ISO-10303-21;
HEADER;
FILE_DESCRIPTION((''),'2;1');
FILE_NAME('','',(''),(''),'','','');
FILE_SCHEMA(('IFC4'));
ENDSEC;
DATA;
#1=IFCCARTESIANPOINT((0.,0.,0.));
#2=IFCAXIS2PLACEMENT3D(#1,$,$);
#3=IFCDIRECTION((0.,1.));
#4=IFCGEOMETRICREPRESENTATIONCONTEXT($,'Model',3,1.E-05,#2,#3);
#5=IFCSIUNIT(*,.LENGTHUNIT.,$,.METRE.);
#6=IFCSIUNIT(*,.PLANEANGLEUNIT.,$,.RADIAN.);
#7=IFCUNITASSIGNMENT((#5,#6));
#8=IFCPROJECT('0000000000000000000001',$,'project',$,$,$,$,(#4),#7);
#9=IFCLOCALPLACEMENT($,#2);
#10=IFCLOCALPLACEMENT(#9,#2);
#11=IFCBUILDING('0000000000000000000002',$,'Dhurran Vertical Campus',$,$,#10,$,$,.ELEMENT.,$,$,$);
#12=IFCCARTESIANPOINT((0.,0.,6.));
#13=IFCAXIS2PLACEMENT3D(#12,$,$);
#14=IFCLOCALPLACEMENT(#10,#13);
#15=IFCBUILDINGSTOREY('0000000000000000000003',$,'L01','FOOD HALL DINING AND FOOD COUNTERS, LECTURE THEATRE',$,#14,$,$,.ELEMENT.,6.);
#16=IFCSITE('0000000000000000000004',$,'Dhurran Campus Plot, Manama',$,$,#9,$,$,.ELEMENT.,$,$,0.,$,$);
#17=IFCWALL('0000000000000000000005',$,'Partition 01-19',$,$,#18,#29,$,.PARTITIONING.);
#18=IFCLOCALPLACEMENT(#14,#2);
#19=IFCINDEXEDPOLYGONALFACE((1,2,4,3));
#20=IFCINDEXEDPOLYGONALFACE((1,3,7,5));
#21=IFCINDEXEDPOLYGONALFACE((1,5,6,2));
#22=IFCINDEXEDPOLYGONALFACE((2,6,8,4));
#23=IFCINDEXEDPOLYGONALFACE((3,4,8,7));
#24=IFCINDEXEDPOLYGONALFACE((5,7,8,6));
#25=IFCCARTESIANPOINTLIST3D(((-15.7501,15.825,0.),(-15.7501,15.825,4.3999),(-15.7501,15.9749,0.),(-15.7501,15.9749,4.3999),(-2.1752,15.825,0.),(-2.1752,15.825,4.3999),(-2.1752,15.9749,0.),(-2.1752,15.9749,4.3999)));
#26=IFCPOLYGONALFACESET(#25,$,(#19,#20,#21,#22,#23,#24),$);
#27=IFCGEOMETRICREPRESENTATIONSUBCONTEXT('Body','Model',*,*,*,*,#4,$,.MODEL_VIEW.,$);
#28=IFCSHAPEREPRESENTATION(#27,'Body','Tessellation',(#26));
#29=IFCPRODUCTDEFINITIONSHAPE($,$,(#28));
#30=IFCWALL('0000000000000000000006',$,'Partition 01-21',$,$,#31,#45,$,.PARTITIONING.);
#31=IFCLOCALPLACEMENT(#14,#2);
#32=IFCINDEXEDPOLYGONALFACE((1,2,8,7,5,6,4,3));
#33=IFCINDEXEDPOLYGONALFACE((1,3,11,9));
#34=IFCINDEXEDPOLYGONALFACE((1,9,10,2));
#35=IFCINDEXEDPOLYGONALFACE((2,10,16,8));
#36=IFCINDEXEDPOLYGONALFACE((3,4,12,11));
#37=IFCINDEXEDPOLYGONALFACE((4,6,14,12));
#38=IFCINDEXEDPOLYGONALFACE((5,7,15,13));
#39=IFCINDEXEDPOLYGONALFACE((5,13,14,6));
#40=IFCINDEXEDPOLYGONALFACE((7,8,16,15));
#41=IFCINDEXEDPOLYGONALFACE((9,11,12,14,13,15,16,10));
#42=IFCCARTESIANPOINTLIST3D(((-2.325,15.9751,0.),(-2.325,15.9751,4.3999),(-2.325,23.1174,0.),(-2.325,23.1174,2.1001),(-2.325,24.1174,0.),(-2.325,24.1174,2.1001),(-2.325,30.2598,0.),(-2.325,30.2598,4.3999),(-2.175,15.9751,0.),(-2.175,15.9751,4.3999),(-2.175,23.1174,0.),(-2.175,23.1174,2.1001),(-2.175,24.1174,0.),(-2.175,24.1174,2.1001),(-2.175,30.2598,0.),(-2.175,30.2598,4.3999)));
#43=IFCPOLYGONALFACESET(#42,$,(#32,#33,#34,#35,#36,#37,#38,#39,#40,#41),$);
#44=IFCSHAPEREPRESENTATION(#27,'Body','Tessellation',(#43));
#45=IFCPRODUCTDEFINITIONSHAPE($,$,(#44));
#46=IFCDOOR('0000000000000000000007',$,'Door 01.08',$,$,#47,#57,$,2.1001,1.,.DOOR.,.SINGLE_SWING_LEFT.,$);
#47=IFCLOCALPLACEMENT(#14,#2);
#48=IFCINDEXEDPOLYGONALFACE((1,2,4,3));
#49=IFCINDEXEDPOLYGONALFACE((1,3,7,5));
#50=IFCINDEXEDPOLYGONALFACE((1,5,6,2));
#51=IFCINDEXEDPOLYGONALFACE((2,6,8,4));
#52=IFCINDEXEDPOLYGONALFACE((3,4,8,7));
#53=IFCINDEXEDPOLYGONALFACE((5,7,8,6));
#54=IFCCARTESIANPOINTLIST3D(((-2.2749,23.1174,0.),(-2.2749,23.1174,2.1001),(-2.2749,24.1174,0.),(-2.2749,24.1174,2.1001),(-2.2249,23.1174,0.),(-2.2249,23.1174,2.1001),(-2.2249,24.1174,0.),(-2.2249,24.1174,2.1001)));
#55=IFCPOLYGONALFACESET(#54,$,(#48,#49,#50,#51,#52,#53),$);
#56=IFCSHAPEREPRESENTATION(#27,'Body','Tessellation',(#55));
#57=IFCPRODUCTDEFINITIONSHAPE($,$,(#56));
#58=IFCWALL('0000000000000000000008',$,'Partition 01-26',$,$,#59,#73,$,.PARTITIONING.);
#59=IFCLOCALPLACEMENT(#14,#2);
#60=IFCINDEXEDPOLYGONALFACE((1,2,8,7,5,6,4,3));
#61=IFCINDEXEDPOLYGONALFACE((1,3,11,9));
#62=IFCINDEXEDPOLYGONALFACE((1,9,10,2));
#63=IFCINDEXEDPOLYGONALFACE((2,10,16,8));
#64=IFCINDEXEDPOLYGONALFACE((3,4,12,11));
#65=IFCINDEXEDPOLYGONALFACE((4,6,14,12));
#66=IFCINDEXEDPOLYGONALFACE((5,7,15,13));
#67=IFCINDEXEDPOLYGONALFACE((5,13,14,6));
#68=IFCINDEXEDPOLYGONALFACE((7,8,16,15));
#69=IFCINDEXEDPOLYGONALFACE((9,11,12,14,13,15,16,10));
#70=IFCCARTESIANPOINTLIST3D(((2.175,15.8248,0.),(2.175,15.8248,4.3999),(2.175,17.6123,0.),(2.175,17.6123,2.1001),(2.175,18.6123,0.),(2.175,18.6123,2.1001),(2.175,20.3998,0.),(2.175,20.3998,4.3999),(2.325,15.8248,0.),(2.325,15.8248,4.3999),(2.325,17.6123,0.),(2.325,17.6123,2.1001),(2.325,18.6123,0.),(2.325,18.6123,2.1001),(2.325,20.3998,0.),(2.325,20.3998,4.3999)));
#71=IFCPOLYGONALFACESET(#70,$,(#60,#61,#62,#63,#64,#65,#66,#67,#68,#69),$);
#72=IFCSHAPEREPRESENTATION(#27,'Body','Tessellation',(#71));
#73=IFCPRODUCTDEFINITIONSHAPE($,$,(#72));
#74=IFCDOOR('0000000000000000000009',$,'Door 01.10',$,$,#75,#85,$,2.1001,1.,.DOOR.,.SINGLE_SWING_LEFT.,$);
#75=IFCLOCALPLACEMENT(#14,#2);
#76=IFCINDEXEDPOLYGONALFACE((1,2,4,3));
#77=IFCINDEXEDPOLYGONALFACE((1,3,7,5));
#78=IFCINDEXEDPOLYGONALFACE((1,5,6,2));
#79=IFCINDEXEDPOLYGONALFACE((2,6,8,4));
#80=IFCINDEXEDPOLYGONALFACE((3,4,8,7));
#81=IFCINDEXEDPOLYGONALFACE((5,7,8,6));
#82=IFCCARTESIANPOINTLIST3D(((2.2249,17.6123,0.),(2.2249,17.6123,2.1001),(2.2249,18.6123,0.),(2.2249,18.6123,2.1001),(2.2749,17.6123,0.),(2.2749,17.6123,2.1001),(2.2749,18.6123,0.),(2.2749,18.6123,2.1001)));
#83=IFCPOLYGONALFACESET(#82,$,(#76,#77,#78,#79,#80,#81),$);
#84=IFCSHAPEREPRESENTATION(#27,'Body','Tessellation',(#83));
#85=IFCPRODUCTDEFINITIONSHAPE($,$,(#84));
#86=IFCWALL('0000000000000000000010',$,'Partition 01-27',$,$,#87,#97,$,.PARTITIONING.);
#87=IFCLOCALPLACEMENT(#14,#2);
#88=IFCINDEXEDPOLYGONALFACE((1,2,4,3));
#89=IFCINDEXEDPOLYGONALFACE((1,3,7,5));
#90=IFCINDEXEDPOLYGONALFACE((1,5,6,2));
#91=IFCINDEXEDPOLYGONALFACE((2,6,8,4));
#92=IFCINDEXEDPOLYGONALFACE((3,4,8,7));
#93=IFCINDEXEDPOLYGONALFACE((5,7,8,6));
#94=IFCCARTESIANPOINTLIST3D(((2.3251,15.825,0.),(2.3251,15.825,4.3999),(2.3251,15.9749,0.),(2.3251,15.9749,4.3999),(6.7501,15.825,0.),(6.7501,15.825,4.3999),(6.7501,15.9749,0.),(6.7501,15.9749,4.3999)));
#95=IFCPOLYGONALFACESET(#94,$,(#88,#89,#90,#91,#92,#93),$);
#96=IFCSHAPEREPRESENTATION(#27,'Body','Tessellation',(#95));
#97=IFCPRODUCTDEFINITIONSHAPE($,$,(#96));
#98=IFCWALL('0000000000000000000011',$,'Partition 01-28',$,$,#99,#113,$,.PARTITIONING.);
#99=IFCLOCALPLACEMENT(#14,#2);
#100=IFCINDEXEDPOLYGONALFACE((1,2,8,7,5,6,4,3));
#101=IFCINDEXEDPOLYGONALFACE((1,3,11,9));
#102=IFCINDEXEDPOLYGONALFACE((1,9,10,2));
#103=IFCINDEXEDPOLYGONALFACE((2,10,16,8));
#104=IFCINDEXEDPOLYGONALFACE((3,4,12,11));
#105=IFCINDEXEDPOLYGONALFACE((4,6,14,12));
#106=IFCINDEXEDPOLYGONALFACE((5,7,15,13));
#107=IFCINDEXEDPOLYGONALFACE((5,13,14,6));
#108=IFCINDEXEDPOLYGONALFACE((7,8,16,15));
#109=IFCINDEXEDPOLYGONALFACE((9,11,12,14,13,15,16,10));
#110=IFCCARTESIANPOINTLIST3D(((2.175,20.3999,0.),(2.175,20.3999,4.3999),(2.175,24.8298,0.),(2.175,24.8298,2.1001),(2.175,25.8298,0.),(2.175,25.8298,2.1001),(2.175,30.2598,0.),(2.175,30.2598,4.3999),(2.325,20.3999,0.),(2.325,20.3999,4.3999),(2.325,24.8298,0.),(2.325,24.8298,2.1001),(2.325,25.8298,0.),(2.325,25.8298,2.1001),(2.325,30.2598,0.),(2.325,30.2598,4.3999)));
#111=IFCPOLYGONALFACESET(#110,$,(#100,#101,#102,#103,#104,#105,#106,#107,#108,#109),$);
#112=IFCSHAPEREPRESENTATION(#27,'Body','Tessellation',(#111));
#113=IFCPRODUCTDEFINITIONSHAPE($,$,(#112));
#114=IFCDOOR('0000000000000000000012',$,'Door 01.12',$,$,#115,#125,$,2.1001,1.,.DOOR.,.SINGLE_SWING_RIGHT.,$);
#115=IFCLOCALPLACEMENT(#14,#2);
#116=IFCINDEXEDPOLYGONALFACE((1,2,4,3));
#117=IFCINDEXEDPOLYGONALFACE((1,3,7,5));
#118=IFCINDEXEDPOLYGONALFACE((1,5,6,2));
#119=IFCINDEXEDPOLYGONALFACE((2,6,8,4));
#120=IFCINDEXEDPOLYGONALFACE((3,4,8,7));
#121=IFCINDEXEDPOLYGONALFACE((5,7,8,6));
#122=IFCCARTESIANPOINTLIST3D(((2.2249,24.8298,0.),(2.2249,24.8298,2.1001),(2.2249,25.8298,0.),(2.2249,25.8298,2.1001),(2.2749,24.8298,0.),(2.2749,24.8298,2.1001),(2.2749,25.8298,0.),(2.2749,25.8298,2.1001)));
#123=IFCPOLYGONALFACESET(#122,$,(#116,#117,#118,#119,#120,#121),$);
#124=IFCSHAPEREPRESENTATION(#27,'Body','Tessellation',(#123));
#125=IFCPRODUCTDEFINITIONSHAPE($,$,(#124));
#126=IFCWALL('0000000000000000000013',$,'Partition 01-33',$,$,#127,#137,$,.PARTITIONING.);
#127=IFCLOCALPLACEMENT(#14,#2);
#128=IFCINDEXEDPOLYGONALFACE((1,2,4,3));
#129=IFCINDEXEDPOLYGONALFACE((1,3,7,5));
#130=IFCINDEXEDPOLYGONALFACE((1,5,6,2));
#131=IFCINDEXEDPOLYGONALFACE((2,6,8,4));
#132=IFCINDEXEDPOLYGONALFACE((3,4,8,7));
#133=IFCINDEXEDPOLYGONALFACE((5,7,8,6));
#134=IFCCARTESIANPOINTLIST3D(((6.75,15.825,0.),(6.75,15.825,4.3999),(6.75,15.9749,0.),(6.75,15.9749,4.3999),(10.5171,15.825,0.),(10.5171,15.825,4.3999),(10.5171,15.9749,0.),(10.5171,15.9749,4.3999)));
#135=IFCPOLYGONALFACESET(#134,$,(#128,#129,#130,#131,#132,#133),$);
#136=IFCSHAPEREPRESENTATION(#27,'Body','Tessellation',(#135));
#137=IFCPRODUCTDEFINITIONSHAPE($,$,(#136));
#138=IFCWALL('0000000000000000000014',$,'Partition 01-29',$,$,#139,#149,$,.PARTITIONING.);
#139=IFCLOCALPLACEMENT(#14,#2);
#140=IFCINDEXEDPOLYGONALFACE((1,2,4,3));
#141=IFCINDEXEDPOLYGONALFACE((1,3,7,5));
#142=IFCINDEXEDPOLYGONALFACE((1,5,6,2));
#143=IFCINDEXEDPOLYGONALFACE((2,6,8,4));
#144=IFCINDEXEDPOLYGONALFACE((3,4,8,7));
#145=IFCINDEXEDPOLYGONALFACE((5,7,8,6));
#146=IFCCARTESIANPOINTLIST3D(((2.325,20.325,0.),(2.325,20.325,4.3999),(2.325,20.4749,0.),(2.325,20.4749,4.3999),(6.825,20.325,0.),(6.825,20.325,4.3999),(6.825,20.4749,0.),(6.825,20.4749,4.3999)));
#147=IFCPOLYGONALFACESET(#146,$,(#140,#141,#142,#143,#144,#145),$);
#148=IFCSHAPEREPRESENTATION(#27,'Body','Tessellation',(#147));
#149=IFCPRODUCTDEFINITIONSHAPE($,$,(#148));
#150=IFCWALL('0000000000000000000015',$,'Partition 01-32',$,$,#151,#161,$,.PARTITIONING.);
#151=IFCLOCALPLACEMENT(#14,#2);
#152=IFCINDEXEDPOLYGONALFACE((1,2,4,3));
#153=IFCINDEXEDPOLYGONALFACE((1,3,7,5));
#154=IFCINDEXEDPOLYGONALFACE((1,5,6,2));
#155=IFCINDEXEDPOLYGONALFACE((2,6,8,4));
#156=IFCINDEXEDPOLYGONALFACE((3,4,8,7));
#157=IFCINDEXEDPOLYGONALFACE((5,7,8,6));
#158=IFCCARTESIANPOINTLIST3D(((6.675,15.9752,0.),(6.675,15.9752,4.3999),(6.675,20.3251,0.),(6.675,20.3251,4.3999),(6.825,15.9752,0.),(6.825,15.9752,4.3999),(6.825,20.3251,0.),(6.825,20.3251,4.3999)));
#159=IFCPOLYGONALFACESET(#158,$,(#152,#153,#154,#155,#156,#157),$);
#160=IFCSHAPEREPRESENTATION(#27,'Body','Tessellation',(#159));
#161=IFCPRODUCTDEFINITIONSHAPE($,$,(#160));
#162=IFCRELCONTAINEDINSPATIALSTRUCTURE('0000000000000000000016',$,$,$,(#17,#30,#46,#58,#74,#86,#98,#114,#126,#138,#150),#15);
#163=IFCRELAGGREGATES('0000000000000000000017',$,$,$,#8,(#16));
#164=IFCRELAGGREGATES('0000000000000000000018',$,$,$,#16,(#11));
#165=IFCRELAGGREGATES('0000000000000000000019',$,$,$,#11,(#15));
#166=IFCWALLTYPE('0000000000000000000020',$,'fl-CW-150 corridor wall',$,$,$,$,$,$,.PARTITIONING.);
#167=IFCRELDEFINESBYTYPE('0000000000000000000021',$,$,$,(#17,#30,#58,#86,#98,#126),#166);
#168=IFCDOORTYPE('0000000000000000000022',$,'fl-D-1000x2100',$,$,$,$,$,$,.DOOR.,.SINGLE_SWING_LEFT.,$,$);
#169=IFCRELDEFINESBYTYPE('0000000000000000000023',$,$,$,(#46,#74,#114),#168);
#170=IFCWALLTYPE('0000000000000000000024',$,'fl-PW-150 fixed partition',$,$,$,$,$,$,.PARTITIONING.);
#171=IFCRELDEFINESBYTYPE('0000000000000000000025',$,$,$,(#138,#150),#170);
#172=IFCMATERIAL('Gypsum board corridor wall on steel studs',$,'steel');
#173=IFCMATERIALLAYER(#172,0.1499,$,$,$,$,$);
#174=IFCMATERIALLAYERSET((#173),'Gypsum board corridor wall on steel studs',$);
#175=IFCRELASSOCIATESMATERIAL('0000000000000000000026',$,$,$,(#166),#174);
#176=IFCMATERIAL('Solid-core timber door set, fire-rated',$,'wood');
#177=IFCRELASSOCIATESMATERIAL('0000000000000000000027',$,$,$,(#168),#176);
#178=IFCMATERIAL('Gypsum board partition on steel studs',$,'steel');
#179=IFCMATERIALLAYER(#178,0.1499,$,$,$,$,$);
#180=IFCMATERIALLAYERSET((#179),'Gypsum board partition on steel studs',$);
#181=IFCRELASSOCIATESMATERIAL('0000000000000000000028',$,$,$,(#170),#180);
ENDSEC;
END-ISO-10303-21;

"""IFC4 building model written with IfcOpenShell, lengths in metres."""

from ifc_helpers import new_model, si_unit, direction, frame, frame_2d, origin, place, context, subcontext, project, spatial, rectangle, extrude, material, layer, layer_set, type_object, element, fill, save


model = new_model("IFC4")

# Units and contexts
model_context = context("Model", 3, precision=1e-05, world=origin(), true_north=direction((0.0, 1.0)))
body_context = subcontext(model_context, "Body", "Model", "MODEL_VIEW")
ifc_project = project(units=[si_unit("LENGTHUNIT", "METRE"), si_unit("PLANEANGLEUNIT", "RADIAN")], contexts=[model_context])

# Site, building, storey
site_placement = place(None, origin())
site = spatial("IfcSite", under=ifc_project, at=site_placement, Name="Dhurran Campus Plot, Manama", CompositionType="ELEMENT", RefElevation=0.0)
building_placement = place(site_placement, origin())
building = spatial("IfcBuilding", under=site, at=building_placement, Name="Dhurran Vertical Campus", CompositionType="ELEMENT")
storey_placement = place(building_placement, frame((0.0, 0.0, 6.0)))
storey = spatial("IfcBuildingStorey", under=building, at=storey_placement, Name="L01", Description="FOOD HALL DINING AND FOOD COUNTERS, LECTURE THEATRE", CompositionType="ELEMENT", Elevation=6.0)

# Wall
ifc_material_1 = material(Name="Gypsum board corridor wall on steel studs", Category="steel")
ifc_layer_1 = layer(ifc_material_1, 0.1499)
ifc_layer_set_1 = layer_set([ifc_layer_1], Name="Gypsum board corridor wall on steel studs")
wall_type_1 = type_object("IfcWallType", Name="fl-CW-150 corridor wall", PredefinedType="PARTITIONING", material=ifc_layer_set_1)
wall_1_placement = place(storey_placement, frame((-2.175, 15.8999, 0.0), z_axis=(0.0, 0.0, 1.0), x_axis=(-1.0, 0.0, 0.0)))
element("IfcWall", 1, at=wall_1_placement, inside=storey, type_object=wall_type_1, Name="Partition 01-19", PredefinedType="PARTITIONING", context=body_context, shape_type="SweptSolid", body=[
    extrude(rectangle(XDim=13.575, YDim=0.1499, at=frame_2d((6.7876, 0.0))), origin(), (0.0, 0.0, 1.0), 4.3999),
])

# Walls, openings, doors
wall_2_placement = place(storey_placement, frame((-2.25, 15.9751, 0.0), z_axis=(0.0, 0.0, 1.0), x_axis=(0.0, 1.0, 0.0)))
wall_2 = element("IfcWall", 2, at=wall_2_placement, inside=storey, type_object=wall_type_1, Name="Partition 01-21", PredefinedType="PARTITIONING", context=body_context, shape_type="SweptSolid", body=[
    extrude(rectangle(XDim=14.2847, YDim=0.1499, at=frame_2d((7.1423, 0.0))), origin(), (0.0, 0.0, 1.0), 4.3999),
])
opening_1_placement = place(wall_2_placement, frame((7.1423, 0.0, 0.0)))
opening_1 = element("IfcOpeningElement", 3, at=opening_1_placement, cuts=wall_2, PredefinedType="OPENING", context=body_context, shape_type="SweptSolid", body=[
    extrude(rectangle(XDim=1.0, YDim=2.1001, at=frame_2d((0.5, 1.05))), frame((0.0, 0.085, 0.0), z_axis=(0.0, -1.0, 0.0), x_axis=(1.0, 0.0, 0.0)), (0.0, 0.0, 1.0), 0.1699),
])
ifc_material_2 = material(Name="Solid-core timber door set, fire-rated", Category="wood")
door_type = type_object("IfcDoorType", Name="fl-D-1000x2100", OperationType="SINGLE_SWING_LEFT", PredefinedType="DOOR", material=ifc_material_2)
door_1_placement = place(opening_1_placement, origin())
door_1 = element("IfcDoor", 4, at=door_1_placement, inside=storey, type_object=door_type, Name="Door 01.08", OperationType="SINGLE_SWING_LEFT", OverallHeight=2.1001, OverallWidth=1.0, PredefinedType="DOOR", context=body_context, shape_type="SweptSolid", body=[
    extrude(rectangle(XDim=1.0, YDim=2.1001, at=frame_2d((0.5, 1.05))), frame((0.0, 0.0249, 0.0), z_axis=(0.0, -1.0, 0.0), x_axis=(1.0, 0.0, 0.0)), (0.0, 0.0, 1.0), 0.05),
])
fill(opening_1, door_1)
wall_3_placement = place(storey_placement, frame((2.25, 20.3999, 0.0), z_axis=(0.0, 0.0, 1.0), x_axis=(0.0, -1.0, 0.0)))
wall_3 = element("IfcWall", 5, at=wall_3_placement, inside=storey, type_object=wall_type_1, Name="Partition 01-26", PredefinedType="PARTITIONING", context=body_context, shape_type="SweptSolid", body=[
    extrude(rectangle(XDim=4.575, YDim=0.1499, at=frame_2d((2.2876, 0.0))), origin(), (0.0, 0.0, 1.0), 4.3999),
])
opening_2_placement = place(wall_3_placement, frame((1.7876, 0.0, 0.0)))
opening_2 = element("IfcOpeningElement", 6, at=opening_2_placement, cuts=wall_3, PredefinedType="OPENING", context=body_context, shape_type="SweptSolid", body=[
    extrude(rectangle(XDim=1.0, YDim=2.1001, at=frame_2d((0.5, 1.05))), frame((0.0, 0.085, 0.0), z_axis=(0.0, -1.0, 0.0), x_axis=(1.0, 0.0, 0.0)), (0.0, 0.0, 1.0), 0.1699),
])
door_2_placement = place(opening_2_placement, origin())
door_2 = element("IfcDoor", 7, at=door_2_placement, inside=storey, type_object=door_type, Name="Door 01.10", OperationType="SINGLE_SWING_LEFT", OverallHeight=2.1001, OverallWidth=1.0, PredefinedType="DOOR", context=body_context, shape_type="SweptSolid", body=[
    extrude(rectangle(XDim=1.0, YDim=2.1001, at=frame_2d((0.5, 1.05))), frame((0.0, 0.0249, 0.0), z_axis=(0.0, -1.0, 0.0), x_axis=(1.0, 0.0, 0.0)), (0.0, 0.0, 1.0), 0.05),
])
fill(opening_2, door_2)

# Wall
wall_4_placement = place(storey_placement, frame((6.75, 15.8999, 0.0), z_axis=(0.0, 0.0, 1.0), x_axis=(-1.0, 0.0, 0.0)))
element("IfcWall", 8, at=wall_4_placement, inside=storey, type_object=wall_type_1, Name="Partition 01-27", PredefinedType="PARTITIONING", context=body_context, shape_type="SweptSolid", body=[
    extrude(rectangle(XDim=4.425, YDim=0.1499, at=frame_2d((2.2124, 0.0))), origin(), (0.0, 0.0, 1.0), 4.3999),
])

# Wall, opening, door
wall_5_placement = place(storey_placement, frame((2.25, 30.2598, 0.0), z_axis=(0.0, 0.0, 1.0), x_axis=(0.0, -1.0, 0.0)))
wall_5 = element("IfcWall", 9, at=wall_5_placement, inside=storey, type_object=wall_type_1, Name="Partition 01-28", PredefinedType="PARTITIONING", context=body_context, shape_type="SweptSolid", body=[
    extrude(rectangle(XDim=9.8599, YDim=0.1499, at=frame_2d((4.9299, 0.0))), origin(), (0.0, 0.0, 1.0), 4.3999),
])
opening_3_placement = place(wall_5_placement, frame((4.4299, 0.0, 0.0)))
opening_3 = element("IfcOpeningElement", 10, at=opening_3_placement, cuts=wall_5, PredefinedType="OPENING", context=body_context, shape_type="SweptSolid", body=[
    extrude(rectangle(XDim=1.0, YDim=2.1001, at=frame_2d((0.5, 1.05))), frame((0.0, 0.085, 0.0), z_axis=(0.0, -1.0, 0.0), x_axis=(1.0, 0.0, 0.0)), (0.0, 0.0, 1.0), 0.1699),
])
door_3_placement = place(opening_3_placement, origin())
door_3 = element("IfcDoor", 11, at=door_3_placement, inside=storey, type_object=door_type, Name="Door 01.12", OperationType="SINGLE_SWING_RIGHT", OverallHeight=2.1001, OverallWidth=1.0, PredefinedType="DOOR", context=body_context, shape_type="SweptSolid", body=[
    extrude(rectangle(XDim=1.0, YDim=2.1001, at=frame_2d((0.5, 1.05))), frame((0.0, 0.0249, 0.0), z_axis=(0.0, -1.0, 0.0), x_axis=(1.0, 0.0, 0.0)), (0.0, 0.0, 1.0), 0.05),
])
fill(opening_3, door_3)

# Walls
wall_6_placement = place(storey_placement, frame((10.5171, 15.8999, 0.0), z_axis=(0.0, 0.0, 1.0), x_axis=(-1.0, 0.0, 0.0)))
element("IfcWall", 12, at=wall_6_placement, inside=storey, type_object=wall_type_1, Name="Partition 01-33", PredefinedType="PARTITIONING", context=body_context, shape_type="SweptSolid", body=[
    extrude(rectangle(XDim=3.7671, YDim=0.1499, at=frame_2d((1.8835, 0.0))), origin(), (0.0, 0.0, 1.0), 4.3999),
])
ifc_material_3 = material(Name="Gypsum board partition on steel studs", Category="steel")
ifc_layer_2 = layer(ifc_material_3, 0.1499)
ifc_layer_set_2 = layer_set([ifc_layer_2], Name="Gypsum board partition on steel studs")
wall_type_2 = type_object("IfcWallType", Name="fl-PW-150 fixed partition", PredefinedType="PARTITIONING", material=ifc_layer_set_2)
wall_7_placement = place(storey_placement, frame((2.325, 20.3999, 0.0), z_axis=(0.0, 0.0, 1.0), x_axis=(1.0, 0.0, 0.0)))
element("IfcWall", 13, at=wall_7_placement, inside=storey, type_object=wall_type_2, Name="Partition 01-29", PredefinedType="PARTITIONING", context=body_context, shape_type="SweptSolid", body=[
    extrude(rectangle(XDim=4.5, YDim=0.1499, at=frame_2d((2.25, 0.0))), origin(), (0.0, 0.0, 1.0), 4.3999),
])
wall_8_placement = place(storey_placement, frame((6.75, 20.325, 0.0), z_axis=(0.0, 0.0, 1.0), x_axis=(0.0, -1.0, 0.0)))
element("IfcWall", 14, at=wall_8_placement, inside=storey, type_object=wall_type_2, Name="Partition 01-32", PredefinedType="PARTITIONING", context=body_context, shape_type="SweptSolid", body=[
    extrude(rectangle(XDim=4.3499, YDim=0.1499, at=frame_2d((2.1748, 0.0))), origin(), (0.0, 0.0, 1.0), 4.3999),
])

save(model, "model.ifc")
